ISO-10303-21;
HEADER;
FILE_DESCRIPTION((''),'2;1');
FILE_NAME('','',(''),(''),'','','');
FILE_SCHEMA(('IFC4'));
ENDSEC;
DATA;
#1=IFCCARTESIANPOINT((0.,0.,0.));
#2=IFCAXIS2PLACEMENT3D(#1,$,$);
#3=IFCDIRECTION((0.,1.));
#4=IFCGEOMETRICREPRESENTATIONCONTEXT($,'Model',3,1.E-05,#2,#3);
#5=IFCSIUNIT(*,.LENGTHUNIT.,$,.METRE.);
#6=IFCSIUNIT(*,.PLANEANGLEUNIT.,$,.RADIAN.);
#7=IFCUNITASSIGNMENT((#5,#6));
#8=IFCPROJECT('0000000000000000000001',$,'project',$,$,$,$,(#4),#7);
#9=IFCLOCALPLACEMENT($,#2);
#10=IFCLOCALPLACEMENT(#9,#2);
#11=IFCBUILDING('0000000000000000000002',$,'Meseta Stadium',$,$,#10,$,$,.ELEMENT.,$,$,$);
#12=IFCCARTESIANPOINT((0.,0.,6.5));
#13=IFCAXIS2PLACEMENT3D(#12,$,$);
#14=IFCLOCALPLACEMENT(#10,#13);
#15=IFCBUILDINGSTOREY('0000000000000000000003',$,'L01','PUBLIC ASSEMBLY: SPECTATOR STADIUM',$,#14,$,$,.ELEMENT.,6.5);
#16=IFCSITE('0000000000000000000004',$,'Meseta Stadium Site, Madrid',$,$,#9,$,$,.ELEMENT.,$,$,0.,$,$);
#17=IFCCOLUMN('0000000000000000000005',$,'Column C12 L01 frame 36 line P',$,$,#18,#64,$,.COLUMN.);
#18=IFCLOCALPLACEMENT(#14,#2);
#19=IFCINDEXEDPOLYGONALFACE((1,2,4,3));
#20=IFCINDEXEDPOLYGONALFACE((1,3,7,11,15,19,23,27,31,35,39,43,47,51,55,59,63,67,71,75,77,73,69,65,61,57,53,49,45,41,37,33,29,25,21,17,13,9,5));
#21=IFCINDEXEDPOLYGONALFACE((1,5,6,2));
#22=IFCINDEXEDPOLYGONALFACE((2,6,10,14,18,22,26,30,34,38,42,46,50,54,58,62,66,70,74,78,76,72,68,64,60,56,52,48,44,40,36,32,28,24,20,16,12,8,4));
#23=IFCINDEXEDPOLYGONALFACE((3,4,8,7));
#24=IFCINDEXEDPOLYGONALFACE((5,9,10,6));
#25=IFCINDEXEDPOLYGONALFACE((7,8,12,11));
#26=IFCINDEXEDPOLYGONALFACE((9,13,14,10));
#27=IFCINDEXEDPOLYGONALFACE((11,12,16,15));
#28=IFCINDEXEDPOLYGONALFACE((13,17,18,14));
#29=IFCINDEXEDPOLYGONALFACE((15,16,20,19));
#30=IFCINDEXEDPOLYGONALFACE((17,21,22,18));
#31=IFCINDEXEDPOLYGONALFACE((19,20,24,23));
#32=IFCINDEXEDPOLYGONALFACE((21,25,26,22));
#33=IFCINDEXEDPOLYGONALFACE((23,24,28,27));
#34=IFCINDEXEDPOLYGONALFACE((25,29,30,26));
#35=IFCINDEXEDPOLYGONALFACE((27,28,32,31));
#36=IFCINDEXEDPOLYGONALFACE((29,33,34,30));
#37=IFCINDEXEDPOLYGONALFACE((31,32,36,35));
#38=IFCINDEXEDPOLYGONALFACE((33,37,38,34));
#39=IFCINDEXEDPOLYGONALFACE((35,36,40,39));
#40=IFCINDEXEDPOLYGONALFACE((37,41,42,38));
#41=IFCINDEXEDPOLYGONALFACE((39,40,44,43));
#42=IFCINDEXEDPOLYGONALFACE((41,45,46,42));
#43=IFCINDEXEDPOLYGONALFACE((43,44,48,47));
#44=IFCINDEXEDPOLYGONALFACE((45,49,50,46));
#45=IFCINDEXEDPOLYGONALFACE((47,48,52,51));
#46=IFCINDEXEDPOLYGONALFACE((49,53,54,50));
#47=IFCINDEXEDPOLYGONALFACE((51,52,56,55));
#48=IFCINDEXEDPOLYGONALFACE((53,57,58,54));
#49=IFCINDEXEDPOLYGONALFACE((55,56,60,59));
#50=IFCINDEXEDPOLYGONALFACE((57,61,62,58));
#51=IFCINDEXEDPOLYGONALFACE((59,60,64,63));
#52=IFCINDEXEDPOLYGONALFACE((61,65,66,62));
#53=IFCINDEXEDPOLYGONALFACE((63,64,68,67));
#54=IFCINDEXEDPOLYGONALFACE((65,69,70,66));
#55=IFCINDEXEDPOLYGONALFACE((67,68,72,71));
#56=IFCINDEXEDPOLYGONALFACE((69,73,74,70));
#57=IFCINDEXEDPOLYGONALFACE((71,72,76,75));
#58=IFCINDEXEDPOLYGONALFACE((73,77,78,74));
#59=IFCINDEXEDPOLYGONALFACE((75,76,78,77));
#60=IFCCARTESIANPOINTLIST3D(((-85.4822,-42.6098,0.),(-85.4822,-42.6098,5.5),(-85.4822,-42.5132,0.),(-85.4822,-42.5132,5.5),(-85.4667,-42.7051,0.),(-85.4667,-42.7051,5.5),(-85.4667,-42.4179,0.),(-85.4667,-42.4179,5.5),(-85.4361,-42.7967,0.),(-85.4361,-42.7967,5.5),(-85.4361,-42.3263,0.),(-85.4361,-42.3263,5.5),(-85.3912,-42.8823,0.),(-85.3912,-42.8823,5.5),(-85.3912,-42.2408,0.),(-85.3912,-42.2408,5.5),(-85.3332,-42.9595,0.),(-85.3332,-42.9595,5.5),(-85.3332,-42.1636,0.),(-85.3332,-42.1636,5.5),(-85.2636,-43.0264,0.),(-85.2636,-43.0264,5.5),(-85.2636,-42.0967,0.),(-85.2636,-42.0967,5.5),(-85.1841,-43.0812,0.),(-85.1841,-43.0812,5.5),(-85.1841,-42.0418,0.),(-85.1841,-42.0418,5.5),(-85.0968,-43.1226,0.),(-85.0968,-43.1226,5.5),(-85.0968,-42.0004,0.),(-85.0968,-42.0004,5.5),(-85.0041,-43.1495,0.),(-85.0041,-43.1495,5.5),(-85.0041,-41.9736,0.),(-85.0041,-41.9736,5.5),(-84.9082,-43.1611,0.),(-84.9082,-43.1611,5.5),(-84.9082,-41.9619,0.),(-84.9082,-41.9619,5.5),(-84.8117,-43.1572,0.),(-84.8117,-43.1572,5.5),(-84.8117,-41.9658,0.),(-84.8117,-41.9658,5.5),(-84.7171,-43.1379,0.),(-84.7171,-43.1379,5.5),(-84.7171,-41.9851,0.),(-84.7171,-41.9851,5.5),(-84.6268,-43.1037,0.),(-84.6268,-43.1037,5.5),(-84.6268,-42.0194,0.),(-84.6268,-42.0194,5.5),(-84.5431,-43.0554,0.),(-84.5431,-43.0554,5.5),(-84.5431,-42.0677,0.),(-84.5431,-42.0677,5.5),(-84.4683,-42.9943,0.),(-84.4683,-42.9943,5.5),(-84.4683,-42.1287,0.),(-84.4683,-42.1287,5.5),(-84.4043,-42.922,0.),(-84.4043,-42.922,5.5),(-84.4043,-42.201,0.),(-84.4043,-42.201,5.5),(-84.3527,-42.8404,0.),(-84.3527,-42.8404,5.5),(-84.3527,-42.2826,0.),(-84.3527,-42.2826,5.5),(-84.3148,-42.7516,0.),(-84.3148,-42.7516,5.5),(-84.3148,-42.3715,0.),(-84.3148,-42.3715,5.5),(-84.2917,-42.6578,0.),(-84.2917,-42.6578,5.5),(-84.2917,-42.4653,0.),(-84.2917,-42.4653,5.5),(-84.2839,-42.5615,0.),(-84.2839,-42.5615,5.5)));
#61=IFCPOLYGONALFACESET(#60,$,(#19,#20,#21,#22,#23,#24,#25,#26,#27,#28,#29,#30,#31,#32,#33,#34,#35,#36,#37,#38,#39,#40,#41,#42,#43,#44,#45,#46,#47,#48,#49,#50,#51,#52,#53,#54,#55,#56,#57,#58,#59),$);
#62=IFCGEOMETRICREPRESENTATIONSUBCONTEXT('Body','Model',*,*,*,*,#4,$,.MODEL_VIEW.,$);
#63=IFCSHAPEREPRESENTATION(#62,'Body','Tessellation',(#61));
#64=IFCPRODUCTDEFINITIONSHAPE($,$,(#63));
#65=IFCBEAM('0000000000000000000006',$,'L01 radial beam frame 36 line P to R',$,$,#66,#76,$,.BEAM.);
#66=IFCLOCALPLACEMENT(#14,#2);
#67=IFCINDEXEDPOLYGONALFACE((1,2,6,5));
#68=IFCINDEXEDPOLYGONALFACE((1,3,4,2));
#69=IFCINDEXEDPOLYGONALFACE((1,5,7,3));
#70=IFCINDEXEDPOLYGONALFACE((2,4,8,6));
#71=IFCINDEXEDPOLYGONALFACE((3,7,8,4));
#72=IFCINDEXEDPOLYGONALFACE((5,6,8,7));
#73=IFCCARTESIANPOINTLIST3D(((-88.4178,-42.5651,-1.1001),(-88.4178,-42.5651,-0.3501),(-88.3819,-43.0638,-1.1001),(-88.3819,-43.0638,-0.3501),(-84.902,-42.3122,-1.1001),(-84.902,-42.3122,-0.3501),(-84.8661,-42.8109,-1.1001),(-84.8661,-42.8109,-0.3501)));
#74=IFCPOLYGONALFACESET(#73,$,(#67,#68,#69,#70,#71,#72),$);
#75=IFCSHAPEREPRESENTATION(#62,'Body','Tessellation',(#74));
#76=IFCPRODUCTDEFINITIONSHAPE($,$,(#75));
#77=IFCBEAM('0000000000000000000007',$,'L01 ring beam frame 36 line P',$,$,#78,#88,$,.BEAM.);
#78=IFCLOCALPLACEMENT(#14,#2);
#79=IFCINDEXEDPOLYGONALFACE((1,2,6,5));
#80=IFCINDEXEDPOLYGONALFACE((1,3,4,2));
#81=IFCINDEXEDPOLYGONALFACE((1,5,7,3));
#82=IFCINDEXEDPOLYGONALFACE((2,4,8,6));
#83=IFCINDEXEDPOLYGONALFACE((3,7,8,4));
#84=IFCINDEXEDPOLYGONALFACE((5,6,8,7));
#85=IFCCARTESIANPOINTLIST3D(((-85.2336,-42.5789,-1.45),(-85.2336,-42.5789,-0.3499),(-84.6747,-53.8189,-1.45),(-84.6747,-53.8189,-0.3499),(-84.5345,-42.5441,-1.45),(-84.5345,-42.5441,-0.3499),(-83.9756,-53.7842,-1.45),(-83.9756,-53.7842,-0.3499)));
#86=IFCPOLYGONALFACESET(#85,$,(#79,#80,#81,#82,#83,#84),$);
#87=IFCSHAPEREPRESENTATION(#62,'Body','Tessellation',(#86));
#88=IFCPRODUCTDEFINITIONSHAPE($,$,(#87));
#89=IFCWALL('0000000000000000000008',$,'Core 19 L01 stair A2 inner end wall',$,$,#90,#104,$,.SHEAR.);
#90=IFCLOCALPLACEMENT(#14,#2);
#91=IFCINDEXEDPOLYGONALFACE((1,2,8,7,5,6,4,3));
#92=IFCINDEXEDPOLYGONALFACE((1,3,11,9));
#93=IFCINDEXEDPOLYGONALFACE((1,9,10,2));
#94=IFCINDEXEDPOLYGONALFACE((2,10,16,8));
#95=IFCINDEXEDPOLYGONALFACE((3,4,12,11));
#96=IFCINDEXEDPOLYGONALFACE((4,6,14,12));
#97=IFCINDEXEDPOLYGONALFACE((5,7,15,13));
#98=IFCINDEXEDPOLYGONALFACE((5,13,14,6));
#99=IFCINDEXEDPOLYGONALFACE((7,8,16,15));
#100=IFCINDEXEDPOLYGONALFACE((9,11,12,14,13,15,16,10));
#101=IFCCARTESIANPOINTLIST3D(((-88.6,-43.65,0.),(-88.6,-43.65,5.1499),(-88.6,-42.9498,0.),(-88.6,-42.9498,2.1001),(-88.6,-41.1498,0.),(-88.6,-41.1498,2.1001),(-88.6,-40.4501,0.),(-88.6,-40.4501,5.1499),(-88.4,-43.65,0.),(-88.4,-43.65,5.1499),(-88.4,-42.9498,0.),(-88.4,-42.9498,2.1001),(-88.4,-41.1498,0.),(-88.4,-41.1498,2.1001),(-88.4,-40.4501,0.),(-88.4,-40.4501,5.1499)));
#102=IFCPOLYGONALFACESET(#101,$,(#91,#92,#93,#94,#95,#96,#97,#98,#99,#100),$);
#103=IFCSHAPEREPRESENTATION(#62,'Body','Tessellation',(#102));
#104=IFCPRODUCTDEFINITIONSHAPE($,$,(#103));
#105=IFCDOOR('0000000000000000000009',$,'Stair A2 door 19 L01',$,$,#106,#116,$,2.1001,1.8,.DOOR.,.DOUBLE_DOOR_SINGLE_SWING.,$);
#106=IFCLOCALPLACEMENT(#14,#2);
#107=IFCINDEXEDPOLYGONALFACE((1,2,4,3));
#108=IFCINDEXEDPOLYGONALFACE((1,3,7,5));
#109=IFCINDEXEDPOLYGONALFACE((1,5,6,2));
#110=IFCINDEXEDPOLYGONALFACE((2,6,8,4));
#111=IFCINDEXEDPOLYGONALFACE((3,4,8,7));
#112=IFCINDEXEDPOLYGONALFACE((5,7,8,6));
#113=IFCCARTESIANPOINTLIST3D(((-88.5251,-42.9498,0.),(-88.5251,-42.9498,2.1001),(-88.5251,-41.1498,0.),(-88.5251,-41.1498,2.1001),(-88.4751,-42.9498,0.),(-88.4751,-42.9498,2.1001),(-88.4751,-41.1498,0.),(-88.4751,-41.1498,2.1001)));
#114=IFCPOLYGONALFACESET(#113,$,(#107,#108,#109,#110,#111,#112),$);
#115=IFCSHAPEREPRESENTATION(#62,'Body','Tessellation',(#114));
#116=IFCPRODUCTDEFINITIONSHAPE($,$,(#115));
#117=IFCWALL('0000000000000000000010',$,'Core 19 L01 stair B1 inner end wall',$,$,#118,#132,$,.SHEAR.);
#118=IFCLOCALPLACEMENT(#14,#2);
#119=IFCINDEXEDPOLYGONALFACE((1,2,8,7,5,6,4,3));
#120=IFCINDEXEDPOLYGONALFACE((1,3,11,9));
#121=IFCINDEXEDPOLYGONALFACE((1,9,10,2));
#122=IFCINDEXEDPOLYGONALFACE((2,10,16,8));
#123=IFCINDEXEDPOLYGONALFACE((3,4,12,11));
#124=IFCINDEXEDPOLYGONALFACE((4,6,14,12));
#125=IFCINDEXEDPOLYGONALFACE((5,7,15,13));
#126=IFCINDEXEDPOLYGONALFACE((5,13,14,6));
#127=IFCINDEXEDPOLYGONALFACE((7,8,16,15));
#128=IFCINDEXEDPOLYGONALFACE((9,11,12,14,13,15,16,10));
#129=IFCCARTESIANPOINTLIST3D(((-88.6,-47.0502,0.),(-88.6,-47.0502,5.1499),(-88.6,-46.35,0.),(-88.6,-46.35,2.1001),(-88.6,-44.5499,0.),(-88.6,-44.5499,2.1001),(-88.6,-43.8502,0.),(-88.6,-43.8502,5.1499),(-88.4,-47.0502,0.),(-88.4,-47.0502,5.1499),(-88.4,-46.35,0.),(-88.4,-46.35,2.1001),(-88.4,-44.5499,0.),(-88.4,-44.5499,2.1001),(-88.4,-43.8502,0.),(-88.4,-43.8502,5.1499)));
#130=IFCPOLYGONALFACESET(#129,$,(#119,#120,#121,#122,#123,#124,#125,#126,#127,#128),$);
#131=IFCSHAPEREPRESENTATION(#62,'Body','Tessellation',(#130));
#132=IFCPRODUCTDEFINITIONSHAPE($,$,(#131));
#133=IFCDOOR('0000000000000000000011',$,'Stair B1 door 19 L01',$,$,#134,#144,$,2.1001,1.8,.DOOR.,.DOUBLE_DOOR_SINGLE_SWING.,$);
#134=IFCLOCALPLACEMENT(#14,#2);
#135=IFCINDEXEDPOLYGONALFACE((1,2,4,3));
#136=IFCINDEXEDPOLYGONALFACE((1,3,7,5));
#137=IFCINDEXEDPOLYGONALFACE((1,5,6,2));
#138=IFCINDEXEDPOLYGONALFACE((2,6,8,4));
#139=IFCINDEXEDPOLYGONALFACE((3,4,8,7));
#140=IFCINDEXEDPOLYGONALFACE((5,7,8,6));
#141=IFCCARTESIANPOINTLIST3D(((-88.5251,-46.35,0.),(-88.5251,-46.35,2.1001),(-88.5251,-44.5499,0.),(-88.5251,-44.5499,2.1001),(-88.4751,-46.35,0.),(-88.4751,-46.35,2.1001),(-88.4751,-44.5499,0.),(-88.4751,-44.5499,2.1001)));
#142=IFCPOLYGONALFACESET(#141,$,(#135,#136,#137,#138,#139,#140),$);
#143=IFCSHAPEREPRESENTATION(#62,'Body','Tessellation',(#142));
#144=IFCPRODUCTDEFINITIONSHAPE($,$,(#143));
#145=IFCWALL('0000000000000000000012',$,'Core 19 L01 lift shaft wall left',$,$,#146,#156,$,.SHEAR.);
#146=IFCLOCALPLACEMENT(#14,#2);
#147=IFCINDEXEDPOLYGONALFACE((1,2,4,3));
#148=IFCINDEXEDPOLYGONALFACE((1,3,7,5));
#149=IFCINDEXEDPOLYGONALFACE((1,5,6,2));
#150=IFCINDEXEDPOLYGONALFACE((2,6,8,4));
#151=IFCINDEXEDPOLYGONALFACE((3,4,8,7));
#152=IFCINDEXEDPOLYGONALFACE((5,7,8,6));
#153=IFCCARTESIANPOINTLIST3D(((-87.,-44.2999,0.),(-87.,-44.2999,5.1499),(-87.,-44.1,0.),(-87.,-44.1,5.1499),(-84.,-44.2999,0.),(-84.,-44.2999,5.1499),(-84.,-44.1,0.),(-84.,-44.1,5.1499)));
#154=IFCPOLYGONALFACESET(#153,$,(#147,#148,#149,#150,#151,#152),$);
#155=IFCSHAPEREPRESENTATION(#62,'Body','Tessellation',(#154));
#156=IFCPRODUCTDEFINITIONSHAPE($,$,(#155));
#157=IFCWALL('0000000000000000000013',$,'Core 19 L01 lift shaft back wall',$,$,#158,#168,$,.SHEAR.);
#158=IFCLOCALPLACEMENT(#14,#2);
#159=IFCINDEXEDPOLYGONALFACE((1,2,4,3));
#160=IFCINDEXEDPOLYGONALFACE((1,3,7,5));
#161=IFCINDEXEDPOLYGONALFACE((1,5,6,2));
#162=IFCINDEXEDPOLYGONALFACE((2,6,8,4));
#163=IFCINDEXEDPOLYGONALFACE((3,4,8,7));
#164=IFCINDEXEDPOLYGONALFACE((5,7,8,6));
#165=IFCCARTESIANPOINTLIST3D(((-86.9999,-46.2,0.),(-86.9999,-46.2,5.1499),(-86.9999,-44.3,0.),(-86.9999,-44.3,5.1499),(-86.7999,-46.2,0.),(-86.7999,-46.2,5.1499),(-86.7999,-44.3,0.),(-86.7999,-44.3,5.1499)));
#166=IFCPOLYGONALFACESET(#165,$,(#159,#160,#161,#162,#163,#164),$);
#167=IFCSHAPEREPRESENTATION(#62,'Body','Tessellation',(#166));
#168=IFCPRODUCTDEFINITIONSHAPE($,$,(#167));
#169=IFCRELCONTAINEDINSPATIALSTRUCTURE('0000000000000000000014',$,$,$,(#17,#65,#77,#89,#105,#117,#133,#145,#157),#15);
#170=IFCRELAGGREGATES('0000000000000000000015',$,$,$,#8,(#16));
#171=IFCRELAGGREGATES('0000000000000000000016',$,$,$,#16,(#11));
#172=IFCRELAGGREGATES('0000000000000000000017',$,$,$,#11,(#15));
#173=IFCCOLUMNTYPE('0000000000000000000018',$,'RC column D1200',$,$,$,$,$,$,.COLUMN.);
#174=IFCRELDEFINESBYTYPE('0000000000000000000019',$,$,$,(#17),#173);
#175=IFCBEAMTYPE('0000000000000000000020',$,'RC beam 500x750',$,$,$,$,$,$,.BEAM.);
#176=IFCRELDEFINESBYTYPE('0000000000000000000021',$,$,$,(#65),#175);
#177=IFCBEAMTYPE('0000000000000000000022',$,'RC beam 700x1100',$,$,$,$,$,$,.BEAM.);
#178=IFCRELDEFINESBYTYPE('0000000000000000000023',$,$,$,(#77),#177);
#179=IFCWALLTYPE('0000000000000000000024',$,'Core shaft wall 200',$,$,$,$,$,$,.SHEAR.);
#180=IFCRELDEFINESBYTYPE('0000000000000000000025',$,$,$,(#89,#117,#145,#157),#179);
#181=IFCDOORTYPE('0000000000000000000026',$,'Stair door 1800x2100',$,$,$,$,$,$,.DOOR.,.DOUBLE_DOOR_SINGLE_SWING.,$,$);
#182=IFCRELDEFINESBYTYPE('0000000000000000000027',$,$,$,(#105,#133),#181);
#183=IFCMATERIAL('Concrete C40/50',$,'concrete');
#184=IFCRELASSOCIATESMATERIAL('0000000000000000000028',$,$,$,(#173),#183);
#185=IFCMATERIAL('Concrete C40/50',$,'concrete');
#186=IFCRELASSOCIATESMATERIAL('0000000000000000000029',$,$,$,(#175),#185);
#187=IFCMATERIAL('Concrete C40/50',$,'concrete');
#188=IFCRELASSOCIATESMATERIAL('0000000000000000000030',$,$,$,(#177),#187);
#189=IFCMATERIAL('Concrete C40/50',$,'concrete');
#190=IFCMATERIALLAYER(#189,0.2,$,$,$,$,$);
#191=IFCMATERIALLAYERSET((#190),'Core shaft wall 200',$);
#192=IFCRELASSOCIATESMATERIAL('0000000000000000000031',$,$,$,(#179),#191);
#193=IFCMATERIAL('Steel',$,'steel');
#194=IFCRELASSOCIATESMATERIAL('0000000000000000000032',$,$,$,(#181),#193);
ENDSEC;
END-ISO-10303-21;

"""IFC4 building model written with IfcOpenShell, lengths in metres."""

from ifc_helpers import new_model, si_unit, direction, frame, frame_2d, origin, origin_2d, place, context, subcontext, project, spatial, rectangle, circle, extrude, material, layer, layer_set, material_profile, profile_set, type_object, element, fill, save


model = new_model("IFC4")

# Units and contexts
model_context = context("Model", 3, precision=1e-05, world=origin(), true_north=direction((0.0, 1.0)))
body_context = subcontext(model_context, "Body", "Model", "MODEL_VIEW")
ifc_project = project(units=[si_unit("LENGTHUNIT", "METRE"), si_unit("PLANEANGLEUNIT", "RADIAN")], contexts=[model_context])

# Site, building, storey
site_placement = place(None, origin())
site = spatial("IfcSite", under=ifc_project, at=site_placement, Name="Meseta Stadium Site, Madrid", CompositionType="ELEMENT", RefElevation=0.0)
building_placement = place(site_placement, origin())
building = spatial("IfcBuilding", under=site, at=building_placement, Name="Meseta Stadium", CompositionType="ELEMENT")
storey_placement = place(building_placement, frame((0.0, 0.0, 6.5)))
storey = spatial("IfcBuildingStorey", under=building, at=storey_placement, Name="L01", Description="PUBLIC ASSEMBLY: SPECTATOR STADIUM", CompositionType="ELEMENT", Elevation=6.5)

# Column
ifc_material_1 = material(Name="Concrete C40/50", Category="concrete")
ifc_material_profile_1 = material_profile(ifc_material_1, circle(Radius=0.6001, at=origin_2d()), Name="RC D1200")
ifc_profile_set_1 = profile_set([ifc_material_profile_1], Name="Concrete C40/50")
column_type = type_object("IfcColumnType", Name="RC column D1200", PredefinedType="COLUMN", material=ifc_profile_set_1)
column_placement = place(storey_placement, frame((-84.884, -42.5615, 0.0), z_axis=(0.0, 0.0, 1.0), x_axis=(1.0, 0.0, 0.0)))
element("IfcColumn", 1, at=column_placement, inside=storey, type_object=column_type, Name="Column C12 L01 frame 36 line P", PredefinedType="COLUMN", context=body_context, shape_type="SweptSolid", body=[
    extrude(circle(Radius=0.6001, at=origin_2d()), origin(), (0.0, 0.0, 1.0), 5.5),
])

# Beams
ifc_material_2 = material(Name="Concrete C40/50", Category="concrete")
ifc_material_profile_2 = material_profile(ifc_material_2, rectangle(XDim=0.5, YDim=0.75, at=origin_2d()), Name="RC 500x750")
ifc_profile_set_2 = profile_set([ifc_material_profile_2], Name="Concrete C40/50")
beam_type_1 = type_object("IfcBeamType", Name="RC beam 500x750", PredefinedType="BEAM", material=ifc_profile_set_2)
beam_1_placement = place(storey_placement, frame((-84.884, -42.5615, -0.7251), z_axis=(-0.997422, -0.071754, 0.0), x_axis=(0.071754, -0.997422, 0.0)))
element("IfcBeam", 2, at=beam_1_placement, inside=storey, type_object=beam_type_1, Name="L01 radial beam frame 36 line P to R", PredefinedType="BEAM", context=body_context, shape_type="SweptSolid", body=[
    extrude(rectangle(XDim=0.5, YDim=0.75, at=origin_2d()), origin(), (0.0, 0.0, 1.0), 3.5249),
])
ifc_material_3 = material(Name="Concrete C40/50", Category="concrete")
ifc_material_profile_3 = material_profile(ifc_material_3, rectangle(XDim=0.7, YDim=1.1001, at=origin_2d()), Name="RC 700x1100")
ifc_profile_set_3 = profile_set([ifc_material_profile_3], Name="Concrete C40/50")
beam_type_2 = type_object("IfcBeamType", Name="RC beam 700x1100", PredefinedType="BEAM", material=ifc_profile_set_3)
beam_2_placement = place(storey_placement, frame((-84.884, -42.5615, -0.8999), z_axis=(0.049657, -0.998766, 0.0), x_axis=(0.998766, 0.049657, 0.0)))
element("IfcBeam", 3, at=beam_2_placement, inside=storey, type_object=beam_type_2, Name="L01 ring beam frame 36 line P", PredefinedType="BEAM", context=body_context, shape_type="SweptSolid", body=[
    extrude(rectangle(XDim=0.7, YDim=1.1001, at=origin_2d()), origin(), (0.0, 0.0, 1.0), 11.2539),
])

# Walls, openings, doors
ifc_material_4 = material(Name="Concrete C40/50", Category="concrete")
ifc_layer = layer(ifc_material_4, 0.2)
ifc_layer_set = layer_set([ifc_layer], Name="Core shaft wall 200")
wall_type = type_object("IfcWallType", Name="Core shaft wall 200", PredefinedType="SHEAR", material=ifc_layer_set)
wall_1_placement = place(storey_placement, frame((-88.5, -40.45, 0.0), z_axis=(0.0, 0.0, 1.0), x_axis=(0.0, -1.0, 0.0)))
wall_1 = element("IfcWall", 4, at=wall_1_placement, inside=storey, type_object=wall_type, Name="Core 19 L01 stair A2 inner end wall", PredefinedType="SHEAR", context=body_context, shape_type="SweptSolid", body=[
    extrude(rectangle(XDim=3.2, YDim=0.2, at=frame_2d((1.6001, 0.0))), origin(), (0.0, 0.0, 1.0), 5.1499),
])
opening_1_placement = place(wall_1_placement, frame((0.7, 0.0, 0.0)))
opening_1 = element("IfcOpeningElement", 5, at=opening_1_placement, cuts=wall_1, PredefinedType="OPENING", context=body_context, shape_type="SweptSolid", body=[
    extrude(rectangle(XDim=1.8, YDim=2.1001, at=frame_2d((0.8999, 1.05))), frame((0.0, 0.1099, 0.0), z_axis=(0.0, -1.0, 0.0), x_axis=(1.0, 0.0, 0.0)), (0.0, 0.0, 1.0), 0.22),
])
ifc_material_5 = material(Name="Steel", Category="steel")
door_type_1 = type_object("IfcDoorType", Name="Stair door 1800x2100", OperationType="DOUBLE_DOOR_SINGLE_SWING", PredefinedType="DOOR", material=ifc_material_5)
door_1_placement = place(opening_1_placement, origin())
door_1 = element("IfcDoor", 6, at=door_1_placement, inside=storey, type_object=door_type_1, Name="Stair A2 door 19 L01", OperationType="DOUBLE_DOOR_SINGLE_SWING", OverallHeight=2.1001, OverallWidth=1.8, PredefinedType="DOOR", context=body_context, shape_type="SweptSolid", body=[
    extrude(rectangle(XDim=1.8, YDim=2.1001, at=frame_2d((0.8999, 1.05))), frame((0.0, 0.0249, 0.0), z_axis=(0.0, -1.0, 0.0), x_axis=(1.0, 0.0, 0.0)), (0.0, 0.0, 1.0), 0.05),
])
fill(opening_1, door_1)
wall_2_placement = place(storey_placement, frame((-88.5, -43.8501, 0.0), z_axis=(0.0, 0.0, 1.0), x_axis=(0.0, -1.0, 0.0)))
wall_2 = element("IfcWall", 7, at=wall_2_placement, inside=storey, type_object=wall_type, Name="Core 19 L01 stair B1 inner end wall", PredefinedType="SHEAR", context=body_context, shape_type="SweptSolid", body=[
    extrude(rectangle(XDim=3.2, YDim=0.2, at=frame_2d((1.6001, 0.0))), origin(), (0.0, 0.0, 1.0), 5.1499),
])
opening_2_placement = place(wall_2_placement, frame((0.7, 0.0, 0.0)))
opening_2 = element("IfcOpeningElement", 8, at=opening_2_placement, cuts=wall_2, PredefinedType="OPENING", context=body_context, shape_type="SweptSolid", body=[
    extrude(rectangle(XDim=1.8, YDim=2.1001, at=frame_2d((0.8999, 1.05))), frame((0.0, 0.1099, 0.0), z_axis=(0.0, -1.0, 0.0), x_axis=(1.0, 0.0, 0.0)), (0.0, 0.0, 1.0), 0.22),
])
door_2_placement = place(opening_2_placement, origin())
door_2 = element("IfcDoor", 9, at=door_2_placement, inside=storey, type_object=door_type_1, Name="Stair B1 door 19 L01", OperationType="DOUBLE_DOOR_SINGLE_SWING", OverallHeight=2.1001, OverallWidth=1.8, PredefinedType="DOOR", context=body_context, shape_type="SweptSolid", body=[
    extrude(rectangle(XDim=1.8, YDim=2.1001, at=frame_2d((0.8999, 1.05))), frame((0.0, 0.0249, 0.0), z_axis=(0.0, -1.0, 0.0), x_axis=(1.0, 0.0, 0.0)), (0.0, 0.0, 1.0), 0.05),
])
fill(opening_2, door_2)

# Walls
wall_3_placement = place(storey_placement, frame((-87.0, -44.2, 0.0), z_axis=(0.0, 0.0, 1.0), x_axis=(1.0, 0.0, 0.0)))
element("IfcWall", 10, at=wall_3_placement, inside=storey, type_object=wall_type, Name="Core 19 L01 lift shaft wall left", PredefinedType="SHEAR", context=body_context, shape_type="SweptSolid", body=[
    extrude(rectangle(XDim=3.0, YDim=0.2, at=frame_2d((1.5, 0.0))), origin(), (0.0, 0.0, 1.0), 5.1499),
])
wall_4_placement = place(storey_placement, frame((-86.8999, -44.3, 0.0), z_axis=(0.0, 0.0, 1.0), x_axis=(0.0, -1.0, 0.0)))
element("IfcWall", 11, at=wall_4_placement, inside=storey, type_object=wall_type, Name="Core 19 L01 lift shaft back wall", PredefinedType="SHEAR", context=body_context, shape_type="SweptSolid", body=[
    extrude(rectangle(XDim=1.8999, YDim=0.2, at=frame_2d((0.95, 0.0))), origin(), (0.0, 0.0, 1.0), 5.1499),
])

save(model, "model.ifc")
